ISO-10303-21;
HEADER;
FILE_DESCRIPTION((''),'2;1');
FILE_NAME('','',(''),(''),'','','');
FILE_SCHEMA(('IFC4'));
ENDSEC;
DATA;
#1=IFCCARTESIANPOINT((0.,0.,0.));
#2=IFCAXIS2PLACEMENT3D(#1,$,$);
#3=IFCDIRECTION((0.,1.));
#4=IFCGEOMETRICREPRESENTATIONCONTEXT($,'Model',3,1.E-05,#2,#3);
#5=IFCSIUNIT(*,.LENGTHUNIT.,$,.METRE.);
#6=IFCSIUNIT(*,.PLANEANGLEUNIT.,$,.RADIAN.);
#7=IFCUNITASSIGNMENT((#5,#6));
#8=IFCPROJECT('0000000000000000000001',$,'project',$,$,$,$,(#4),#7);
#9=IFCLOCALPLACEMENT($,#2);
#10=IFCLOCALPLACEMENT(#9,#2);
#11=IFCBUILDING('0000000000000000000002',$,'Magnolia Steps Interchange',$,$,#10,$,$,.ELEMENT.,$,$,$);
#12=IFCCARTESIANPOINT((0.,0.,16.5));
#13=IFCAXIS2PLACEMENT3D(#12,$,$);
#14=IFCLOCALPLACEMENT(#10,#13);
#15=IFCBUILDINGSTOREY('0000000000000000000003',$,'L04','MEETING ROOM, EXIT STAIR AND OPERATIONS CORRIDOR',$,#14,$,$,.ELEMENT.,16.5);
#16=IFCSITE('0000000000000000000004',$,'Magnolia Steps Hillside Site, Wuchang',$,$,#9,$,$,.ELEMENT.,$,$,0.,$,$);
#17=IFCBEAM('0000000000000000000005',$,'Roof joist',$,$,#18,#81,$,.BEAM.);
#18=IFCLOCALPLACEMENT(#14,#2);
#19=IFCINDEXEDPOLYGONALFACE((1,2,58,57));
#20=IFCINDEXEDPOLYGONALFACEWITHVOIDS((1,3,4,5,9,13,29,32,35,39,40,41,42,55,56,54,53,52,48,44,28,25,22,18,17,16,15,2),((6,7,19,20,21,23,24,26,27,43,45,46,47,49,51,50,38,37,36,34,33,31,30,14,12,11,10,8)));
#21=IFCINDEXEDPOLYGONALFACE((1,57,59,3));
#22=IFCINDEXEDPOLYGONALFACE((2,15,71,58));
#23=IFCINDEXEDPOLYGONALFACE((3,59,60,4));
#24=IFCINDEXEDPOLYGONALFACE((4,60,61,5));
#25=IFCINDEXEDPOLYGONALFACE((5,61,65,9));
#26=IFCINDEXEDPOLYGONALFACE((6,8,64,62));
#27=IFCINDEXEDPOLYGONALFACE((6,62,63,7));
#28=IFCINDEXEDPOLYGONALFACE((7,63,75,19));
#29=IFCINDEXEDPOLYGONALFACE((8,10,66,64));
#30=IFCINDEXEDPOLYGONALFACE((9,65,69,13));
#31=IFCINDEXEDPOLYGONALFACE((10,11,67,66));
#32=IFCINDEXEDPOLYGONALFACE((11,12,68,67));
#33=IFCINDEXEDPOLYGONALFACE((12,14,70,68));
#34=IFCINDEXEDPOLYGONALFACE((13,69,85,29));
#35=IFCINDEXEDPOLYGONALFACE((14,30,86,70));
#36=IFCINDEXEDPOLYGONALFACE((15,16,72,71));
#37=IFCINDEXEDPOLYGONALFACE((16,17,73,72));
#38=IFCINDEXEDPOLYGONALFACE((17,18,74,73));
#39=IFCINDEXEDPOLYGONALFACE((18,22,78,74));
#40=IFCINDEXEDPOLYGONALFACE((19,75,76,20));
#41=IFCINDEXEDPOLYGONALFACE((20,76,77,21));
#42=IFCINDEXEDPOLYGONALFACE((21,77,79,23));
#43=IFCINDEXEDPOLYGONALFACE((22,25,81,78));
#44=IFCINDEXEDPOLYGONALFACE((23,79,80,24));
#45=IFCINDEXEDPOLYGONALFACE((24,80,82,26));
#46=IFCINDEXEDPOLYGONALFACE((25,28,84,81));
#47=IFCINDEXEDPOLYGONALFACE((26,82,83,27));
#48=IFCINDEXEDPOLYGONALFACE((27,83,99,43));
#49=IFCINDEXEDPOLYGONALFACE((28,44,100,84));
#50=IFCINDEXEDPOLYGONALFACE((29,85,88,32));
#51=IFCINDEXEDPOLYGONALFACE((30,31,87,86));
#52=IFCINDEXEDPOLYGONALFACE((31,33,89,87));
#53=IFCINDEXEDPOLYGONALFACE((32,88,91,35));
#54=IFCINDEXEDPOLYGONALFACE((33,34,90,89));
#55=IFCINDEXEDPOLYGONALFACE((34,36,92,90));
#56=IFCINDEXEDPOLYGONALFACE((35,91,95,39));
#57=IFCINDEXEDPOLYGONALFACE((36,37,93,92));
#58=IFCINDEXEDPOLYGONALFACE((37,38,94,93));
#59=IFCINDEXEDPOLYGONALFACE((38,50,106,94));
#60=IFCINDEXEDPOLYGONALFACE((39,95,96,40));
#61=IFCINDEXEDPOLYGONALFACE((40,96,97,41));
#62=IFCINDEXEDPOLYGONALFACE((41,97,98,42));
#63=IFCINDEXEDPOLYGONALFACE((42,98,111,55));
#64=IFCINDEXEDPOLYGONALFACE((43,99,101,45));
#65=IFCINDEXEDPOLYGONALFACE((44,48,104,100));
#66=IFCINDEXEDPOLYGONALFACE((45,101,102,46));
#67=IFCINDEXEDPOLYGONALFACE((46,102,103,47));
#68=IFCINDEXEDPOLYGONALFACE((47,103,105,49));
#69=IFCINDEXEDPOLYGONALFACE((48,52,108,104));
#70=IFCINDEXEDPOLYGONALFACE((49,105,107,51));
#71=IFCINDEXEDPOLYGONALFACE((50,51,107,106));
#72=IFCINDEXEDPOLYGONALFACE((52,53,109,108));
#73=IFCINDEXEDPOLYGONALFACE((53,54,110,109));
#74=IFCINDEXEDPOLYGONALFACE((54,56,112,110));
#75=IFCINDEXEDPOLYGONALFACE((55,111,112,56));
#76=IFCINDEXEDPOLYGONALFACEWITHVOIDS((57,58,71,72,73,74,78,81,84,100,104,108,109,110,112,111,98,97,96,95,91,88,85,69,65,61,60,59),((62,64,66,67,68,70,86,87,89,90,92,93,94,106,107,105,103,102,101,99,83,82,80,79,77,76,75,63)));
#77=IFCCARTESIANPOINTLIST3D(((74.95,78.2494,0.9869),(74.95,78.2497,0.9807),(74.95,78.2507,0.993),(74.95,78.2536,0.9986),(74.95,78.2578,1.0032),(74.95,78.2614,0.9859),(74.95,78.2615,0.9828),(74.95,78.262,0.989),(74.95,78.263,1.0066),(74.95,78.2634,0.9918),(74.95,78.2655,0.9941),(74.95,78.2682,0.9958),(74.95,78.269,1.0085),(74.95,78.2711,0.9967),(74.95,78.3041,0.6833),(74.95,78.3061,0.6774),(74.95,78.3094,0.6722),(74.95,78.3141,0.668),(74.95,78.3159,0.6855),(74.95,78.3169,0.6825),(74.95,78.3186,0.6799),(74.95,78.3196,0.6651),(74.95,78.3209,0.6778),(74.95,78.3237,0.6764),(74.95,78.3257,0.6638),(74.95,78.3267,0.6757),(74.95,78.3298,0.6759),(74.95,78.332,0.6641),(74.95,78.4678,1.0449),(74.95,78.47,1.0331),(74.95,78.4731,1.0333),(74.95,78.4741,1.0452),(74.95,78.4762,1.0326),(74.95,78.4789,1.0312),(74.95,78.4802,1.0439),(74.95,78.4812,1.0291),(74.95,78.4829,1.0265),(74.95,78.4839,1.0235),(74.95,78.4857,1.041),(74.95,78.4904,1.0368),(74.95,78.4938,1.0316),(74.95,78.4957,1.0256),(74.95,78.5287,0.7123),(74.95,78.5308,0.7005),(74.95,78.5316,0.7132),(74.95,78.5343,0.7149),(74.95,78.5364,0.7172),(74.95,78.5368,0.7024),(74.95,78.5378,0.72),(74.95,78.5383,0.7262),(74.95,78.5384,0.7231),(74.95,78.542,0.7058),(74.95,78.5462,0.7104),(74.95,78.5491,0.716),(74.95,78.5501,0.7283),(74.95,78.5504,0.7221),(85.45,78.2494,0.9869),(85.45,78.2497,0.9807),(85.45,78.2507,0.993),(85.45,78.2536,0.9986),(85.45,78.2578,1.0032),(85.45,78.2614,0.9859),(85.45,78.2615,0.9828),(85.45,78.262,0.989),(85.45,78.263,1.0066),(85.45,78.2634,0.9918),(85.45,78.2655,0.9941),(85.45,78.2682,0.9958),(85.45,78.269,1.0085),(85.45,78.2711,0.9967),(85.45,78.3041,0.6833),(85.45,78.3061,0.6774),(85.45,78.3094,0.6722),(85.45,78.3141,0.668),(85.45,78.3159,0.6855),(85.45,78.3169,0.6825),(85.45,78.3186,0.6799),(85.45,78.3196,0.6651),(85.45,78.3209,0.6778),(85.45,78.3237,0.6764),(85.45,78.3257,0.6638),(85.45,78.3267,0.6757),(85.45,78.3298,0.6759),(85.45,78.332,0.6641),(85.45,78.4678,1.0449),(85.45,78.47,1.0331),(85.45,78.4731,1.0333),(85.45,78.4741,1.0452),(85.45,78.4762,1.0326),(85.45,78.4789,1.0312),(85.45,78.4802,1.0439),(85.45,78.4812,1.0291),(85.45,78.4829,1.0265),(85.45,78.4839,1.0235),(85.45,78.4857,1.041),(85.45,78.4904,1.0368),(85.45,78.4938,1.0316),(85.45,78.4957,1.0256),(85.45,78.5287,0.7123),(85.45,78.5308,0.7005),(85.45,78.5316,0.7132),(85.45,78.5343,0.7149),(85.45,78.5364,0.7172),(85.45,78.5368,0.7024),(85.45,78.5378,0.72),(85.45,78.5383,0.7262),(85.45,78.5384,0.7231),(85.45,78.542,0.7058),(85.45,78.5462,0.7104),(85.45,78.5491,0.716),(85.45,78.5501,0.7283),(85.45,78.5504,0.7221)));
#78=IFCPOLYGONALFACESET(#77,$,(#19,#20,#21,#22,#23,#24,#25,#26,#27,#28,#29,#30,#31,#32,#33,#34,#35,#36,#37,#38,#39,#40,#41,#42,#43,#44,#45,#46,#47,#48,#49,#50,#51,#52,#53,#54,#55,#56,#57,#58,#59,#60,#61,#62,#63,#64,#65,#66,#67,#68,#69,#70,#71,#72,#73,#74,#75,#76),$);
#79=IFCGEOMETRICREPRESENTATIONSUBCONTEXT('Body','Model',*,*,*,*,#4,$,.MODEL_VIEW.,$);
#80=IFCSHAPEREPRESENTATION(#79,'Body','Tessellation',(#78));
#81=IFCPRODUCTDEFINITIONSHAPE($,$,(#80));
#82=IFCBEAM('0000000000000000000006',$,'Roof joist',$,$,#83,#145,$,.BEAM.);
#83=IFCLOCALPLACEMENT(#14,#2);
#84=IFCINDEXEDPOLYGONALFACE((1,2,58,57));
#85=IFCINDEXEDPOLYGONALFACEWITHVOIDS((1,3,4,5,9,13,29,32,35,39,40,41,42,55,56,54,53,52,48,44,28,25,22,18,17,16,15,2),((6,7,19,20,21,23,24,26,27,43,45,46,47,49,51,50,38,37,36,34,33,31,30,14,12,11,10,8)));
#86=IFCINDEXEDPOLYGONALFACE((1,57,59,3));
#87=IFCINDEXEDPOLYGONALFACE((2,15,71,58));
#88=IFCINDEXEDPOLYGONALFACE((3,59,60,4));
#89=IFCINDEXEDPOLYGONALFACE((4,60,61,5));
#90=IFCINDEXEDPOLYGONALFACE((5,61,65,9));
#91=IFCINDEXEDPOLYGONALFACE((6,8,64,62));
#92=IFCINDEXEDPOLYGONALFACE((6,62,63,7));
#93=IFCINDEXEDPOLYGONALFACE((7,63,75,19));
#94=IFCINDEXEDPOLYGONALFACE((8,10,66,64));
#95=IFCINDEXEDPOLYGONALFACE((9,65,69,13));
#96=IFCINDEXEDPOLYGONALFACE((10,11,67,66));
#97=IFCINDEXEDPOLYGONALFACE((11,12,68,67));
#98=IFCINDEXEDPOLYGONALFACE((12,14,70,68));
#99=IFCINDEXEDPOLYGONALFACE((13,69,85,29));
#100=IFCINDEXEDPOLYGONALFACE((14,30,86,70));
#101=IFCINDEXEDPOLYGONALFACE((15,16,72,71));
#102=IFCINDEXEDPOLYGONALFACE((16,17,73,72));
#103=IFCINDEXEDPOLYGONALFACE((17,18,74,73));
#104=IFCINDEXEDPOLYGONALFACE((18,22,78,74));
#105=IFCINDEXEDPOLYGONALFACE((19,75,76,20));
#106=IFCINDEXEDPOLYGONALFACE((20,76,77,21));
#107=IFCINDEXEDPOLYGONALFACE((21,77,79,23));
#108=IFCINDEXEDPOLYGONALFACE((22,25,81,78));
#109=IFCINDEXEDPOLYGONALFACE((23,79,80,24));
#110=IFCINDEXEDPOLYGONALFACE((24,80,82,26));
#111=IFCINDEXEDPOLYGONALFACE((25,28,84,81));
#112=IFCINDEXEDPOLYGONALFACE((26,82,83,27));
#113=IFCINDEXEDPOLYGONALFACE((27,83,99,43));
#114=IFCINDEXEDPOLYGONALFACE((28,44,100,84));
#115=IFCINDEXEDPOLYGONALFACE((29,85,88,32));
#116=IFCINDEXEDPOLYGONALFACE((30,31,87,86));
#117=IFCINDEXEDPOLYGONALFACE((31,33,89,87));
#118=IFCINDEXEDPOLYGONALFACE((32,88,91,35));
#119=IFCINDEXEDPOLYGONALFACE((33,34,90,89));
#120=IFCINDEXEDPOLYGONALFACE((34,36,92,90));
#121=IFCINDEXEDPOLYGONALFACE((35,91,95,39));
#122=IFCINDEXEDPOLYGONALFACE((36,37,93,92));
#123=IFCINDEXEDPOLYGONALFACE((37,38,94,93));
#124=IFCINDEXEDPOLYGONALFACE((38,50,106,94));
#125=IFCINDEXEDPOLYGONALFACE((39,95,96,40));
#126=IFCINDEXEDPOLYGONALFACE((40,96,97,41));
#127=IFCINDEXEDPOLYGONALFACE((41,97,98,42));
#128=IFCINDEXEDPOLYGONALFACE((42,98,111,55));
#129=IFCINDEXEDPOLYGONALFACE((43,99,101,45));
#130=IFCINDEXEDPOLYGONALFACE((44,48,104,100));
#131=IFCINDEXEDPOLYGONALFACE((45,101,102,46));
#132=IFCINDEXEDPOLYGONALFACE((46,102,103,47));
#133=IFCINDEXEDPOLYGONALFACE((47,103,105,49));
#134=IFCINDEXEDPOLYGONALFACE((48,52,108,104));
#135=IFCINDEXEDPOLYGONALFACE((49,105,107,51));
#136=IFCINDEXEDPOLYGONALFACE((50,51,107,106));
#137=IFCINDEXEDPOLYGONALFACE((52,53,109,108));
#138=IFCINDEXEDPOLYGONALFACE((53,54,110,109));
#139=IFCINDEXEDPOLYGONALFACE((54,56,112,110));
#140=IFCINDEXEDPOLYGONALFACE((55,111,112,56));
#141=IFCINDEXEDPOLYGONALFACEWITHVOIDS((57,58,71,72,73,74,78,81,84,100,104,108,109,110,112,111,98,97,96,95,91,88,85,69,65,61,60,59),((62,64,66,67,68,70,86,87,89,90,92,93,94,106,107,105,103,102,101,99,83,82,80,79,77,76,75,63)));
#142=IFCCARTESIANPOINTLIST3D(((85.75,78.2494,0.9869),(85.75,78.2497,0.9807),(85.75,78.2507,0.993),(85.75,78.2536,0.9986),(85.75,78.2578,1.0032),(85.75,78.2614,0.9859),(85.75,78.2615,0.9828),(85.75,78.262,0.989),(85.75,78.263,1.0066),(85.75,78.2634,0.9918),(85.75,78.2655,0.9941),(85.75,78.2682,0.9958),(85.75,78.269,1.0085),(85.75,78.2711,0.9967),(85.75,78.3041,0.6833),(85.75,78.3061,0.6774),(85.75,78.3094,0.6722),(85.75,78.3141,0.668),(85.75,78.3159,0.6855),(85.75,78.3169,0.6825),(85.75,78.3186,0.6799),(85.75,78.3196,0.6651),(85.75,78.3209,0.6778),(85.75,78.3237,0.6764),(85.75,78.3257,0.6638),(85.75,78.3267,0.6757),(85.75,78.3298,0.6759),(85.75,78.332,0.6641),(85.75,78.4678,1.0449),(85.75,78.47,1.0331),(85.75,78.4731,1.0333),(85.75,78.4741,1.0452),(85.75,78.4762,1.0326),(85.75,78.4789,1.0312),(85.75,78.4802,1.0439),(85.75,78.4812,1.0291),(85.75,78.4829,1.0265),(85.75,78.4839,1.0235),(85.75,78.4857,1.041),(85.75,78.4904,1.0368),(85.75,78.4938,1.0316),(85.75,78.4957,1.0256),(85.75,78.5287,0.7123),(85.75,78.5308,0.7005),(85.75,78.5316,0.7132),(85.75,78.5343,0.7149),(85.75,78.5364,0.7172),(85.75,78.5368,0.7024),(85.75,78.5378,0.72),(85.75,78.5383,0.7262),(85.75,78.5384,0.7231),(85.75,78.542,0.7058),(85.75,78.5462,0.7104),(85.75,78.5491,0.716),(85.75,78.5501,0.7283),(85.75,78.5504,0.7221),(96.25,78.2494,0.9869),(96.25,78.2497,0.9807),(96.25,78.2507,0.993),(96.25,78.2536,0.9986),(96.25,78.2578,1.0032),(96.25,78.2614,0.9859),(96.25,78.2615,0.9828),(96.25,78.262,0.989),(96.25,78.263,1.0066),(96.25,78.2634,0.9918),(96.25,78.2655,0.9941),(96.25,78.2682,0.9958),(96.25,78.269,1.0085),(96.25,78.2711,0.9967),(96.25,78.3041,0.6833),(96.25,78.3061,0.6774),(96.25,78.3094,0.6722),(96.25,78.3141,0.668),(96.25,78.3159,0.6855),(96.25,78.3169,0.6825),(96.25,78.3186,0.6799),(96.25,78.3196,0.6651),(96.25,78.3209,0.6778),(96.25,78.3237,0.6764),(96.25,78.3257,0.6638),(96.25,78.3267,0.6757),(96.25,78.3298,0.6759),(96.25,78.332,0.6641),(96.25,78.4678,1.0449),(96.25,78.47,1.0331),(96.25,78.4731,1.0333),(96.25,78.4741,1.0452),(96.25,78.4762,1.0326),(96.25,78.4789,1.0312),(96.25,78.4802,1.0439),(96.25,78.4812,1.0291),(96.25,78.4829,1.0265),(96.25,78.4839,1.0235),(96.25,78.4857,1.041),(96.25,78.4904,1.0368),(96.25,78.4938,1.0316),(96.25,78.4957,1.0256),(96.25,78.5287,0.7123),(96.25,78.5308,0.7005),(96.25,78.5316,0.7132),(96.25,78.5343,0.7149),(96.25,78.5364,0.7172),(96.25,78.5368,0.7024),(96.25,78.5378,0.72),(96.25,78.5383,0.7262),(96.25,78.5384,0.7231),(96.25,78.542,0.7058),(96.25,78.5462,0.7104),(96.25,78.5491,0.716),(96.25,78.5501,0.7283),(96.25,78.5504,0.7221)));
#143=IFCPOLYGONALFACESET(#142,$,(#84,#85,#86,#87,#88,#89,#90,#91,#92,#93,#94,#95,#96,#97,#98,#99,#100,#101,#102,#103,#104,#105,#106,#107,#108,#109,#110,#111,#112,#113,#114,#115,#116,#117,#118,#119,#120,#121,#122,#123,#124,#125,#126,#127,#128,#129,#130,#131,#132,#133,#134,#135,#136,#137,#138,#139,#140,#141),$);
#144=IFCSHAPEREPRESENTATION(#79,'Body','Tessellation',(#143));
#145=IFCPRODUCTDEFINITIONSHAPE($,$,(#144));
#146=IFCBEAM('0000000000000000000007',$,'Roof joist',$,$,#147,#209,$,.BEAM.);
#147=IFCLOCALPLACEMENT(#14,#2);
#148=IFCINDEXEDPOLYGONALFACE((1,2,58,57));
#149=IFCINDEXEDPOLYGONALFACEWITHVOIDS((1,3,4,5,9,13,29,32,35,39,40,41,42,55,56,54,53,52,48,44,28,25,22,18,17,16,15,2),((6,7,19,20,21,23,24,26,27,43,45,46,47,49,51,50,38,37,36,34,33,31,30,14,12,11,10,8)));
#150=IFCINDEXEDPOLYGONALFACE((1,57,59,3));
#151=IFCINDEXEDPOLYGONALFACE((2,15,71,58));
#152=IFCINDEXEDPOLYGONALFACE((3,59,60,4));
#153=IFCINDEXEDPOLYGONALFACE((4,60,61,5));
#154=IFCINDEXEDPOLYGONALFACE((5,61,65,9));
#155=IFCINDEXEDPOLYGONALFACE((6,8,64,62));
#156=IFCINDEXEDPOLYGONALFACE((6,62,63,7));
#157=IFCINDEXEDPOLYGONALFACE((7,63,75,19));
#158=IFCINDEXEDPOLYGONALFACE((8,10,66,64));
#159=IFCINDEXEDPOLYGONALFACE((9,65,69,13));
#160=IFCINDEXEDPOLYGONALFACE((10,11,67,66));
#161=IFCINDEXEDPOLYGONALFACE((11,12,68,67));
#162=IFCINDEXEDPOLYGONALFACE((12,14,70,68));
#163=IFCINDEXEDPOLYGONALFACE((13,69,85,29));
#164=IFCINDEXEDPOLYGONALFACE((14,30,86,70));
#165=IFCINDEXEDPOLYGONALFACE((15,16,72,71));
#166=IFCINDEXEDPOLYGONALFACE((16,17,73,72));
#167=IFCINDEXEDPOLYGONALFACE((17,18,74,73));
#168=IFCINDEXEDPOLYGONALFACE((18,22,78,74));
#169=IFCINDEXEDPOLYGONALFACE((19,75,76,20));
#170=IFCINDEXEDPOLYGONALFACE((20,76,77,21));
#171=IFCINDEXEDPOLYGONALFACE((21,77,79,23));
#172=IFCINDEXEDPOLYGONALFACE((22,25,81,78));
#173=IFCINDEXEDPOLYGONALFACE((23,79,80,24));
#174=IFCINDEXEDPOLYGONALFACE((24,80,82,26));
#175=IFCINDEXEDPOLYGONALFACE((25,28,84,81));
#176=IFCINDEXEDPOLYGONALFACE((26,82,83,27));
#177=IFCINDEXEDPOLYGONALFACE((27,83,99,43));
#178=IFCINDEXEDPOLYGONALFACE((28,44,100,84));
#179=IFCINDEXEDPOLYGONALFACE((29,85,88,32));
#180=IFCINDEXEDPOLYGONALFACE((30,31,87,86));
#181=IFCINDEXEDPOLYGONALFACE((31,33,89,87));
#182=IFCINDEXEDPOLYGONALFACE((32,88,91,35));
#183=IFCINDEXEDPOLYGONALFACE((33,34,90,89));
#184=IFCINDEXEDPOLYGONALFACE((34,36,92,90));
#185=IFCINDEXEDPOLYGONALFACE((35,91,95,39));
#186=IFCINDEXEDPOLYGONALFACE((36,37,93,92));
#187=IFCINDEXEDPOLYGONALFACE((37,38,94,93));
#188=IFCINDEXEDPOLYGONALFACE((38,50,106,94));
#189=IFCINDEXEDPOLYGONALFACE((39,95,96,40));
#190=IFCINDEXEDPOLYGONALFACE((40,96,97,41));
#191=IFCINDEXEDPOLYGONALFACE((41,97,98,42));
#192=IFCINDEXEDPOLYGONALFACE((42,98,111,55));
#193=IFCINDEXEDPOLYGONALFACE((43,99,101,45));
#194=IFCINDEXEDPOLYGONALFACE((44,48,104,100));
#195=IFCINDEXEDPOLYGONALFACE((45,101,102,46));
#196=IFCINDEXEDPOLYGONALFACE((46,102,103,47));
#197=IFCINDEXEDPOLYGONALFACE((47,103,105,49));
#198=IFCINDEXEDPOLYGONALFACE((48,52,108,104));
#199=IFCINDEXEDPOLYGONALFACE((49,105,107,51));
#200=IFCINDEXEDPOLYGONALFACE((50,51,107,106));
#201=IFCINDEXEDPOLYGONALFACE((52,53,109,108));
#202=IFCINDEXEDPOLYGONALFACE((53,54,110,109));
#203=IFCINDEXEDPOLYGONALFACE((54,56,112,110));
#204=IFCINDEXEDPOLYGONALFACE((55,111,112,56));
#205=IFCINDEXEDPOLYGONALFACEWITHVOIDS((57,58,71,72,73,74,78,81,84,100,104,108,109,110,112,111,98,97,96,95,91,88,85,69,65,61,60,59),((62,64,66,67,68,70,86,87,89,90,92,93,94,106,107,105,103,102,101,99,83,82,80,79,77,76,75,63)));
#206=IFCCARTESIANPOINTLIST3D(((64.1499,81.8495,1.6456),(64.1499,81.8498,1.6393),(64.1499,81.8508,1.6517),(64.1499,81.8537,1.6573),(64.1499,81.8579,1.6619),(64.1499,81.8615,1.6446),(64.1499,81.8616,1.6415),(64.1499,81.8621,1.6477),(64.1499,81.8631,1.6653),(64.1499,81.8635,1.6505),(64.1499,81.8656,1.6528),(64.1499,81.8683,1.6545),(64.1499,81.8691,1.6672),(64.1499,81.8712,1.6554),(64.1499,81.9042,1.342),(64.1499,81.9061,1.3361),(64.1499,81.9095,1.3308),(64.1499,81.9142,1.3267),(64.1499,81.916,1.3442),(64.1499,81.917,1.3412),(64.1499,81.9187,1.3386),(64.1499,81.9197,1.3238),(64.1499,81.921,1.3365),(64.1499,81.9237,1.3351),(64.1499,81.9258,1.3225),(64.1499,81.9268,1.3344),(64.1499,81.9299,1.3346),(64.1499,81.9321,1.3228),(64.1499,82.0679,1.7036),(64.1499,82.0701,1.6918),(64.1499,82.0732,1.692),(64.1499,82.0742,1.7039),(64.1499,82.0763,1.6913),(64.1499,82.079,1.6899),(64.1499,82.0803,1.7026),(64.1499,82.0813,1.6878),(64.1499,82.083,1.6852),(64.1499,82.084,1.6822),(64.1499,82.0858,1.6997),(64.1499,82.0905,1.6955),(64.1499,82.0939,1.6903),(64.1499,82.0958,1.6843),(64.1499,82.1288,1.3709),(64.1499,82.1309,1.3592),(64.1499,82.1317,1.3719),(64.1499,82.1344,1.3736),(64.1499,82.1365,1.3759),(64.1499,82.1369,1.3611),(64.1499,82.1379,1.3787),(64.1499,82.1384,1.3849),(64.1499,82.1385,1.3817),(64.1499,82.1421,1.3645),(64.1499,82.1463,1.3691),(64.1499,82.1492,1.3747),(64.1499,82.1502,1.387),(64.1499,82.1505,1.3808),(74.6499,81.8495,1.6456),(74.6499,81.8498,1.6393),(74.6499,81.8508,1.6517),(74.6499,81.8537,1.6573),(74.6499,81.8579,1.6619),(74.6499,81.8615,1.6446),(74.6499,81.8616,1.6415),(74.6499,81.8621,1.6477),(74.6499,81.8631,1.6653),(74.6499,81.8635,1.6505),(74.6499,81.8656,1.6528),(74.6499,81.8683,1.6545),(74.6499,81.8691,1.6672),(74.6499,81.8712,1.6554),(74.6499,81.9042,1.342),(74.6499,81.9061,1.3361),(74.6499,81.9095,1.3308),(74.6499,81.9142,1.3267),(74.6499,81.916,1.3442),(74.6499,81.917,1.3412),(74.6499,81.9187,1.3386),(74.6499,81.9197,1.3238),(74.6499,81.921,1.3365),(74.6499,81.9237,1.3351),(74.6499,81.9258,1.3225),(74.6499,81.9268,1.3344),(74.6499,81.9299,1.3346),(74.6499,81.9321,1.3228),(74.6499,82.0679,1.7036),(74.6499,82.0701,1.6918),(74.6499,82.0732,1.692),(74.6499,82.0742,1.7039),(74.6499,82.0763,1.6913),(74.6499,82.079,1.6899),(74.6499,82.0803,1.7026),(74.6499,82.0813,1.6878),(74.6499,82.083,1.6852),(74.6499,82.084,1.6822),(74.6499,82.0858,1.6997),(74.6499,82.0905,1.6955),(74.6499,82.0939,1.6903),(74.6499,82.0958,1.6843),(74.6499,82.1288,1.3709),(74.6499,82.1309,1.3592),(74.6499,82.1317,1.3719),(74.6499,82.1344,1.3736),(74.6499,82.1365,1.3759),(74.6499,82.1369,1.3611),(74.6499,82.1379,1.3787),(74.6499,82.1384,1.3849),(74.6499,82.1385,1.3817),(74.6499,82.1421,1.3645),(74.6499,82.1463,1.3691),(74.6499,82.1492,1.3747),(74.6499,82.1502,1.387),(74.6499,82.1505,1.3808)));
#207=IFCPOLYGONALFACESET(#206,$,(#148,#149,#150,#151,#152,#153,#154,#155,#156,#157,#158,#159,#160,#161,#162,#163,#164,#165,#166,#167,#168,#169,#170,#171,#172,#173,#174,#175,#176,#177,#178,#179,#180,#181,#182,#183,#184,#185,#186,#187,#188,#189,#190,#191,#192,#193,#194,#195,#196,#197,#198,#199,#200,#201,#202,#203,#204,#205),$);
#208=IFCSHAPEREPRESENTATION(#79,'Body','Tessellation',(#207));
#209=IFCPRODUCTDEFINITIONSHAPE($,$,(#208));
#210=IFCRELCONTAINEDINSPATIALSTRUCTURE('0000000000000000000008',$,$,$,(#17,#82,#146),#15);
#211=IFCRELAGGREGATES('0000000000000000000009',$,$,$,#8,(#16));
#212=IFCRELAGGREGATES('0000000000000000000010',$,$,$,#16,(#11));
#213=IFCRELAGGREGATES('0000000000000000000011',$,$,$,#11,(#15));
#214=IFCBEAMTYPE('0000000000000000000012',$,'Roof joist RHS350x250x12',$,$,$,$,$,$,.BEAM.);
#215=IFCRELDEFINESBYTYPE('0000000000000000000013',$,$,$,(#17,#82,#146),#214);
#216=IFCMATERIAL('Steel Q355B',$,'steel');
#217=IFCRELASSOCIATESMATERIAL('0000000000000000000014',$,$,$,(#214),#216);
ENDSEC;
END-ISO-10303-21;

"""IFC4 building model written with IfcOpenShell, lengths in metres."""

from ifc_helpers import new_model, si_unit, direction, frame, origin, origin_2d, place, context, subcontext, project, spatial, hollow_rectangle, extrude, material, material_profile, profile_set, type_object, element, save


model = new_model("IFC4")

# Units and contexts
model_context = context("Model", 3, precision=1e-05, world=origin(), true_north=direction((0.0, 1.0)))
body_context = subcontext(model_context, "Body", "Model", "MODEL_VIEW")
ifc_project = project(units=[si_unit("LENGTHUNIT", "METRE"), si_unit("PLANEANGLEUNIT", "RADIAN")], contexts=[model_context])

# Site, building, storey
site_placement = place(None, origin())
site = spatial("IfcSite", under=ifc_project, at=site_placement, Name="Magnolia Steps Hillside Site, Wuchang", CompositionType="ELEMENT", RefElevation=0.0)
building_placement = place(site_placement, origin())
building = spatial("IfcBuilding", under=site, at=building_placement, Name="Magnolia Steps Interchange", CompositionType="ELEMENT")
storey_placement = place(building_placement, frame((0.0, 0.0, 16.5)))
storey = spatial("IfcBuildingStorey", under=building, at=storey_placement, Name="L04", Description="MEETING ROOM, EXIT STAIR AND OPERATIONS CORRIDOR", CompositionType="ELEMENT", Elevation=16.5)

# Beams
ifc_material_1 = material(Name="Steel Q355B", Category="steel")
ifc_material_profile_1 = material_profile(ifc_material_1, hollow_rectangle(XDim=0.25, YDim=0.3501, WallThickness=0.012, InnerFilletRadius=0.012, OuterFilletRadius=0.0239, at=origin_2d()), Name="RHS350x250x12")
ifc_profile_set_1 = profile_set([ifc_material_profile_1], Name="Steel Q355B")
beam_type_1 = type_object("IfcBeamType", Name="Roof joist RHS350x250x12", PredefinedType="BEAM", material=ifc_profile_set_1)
for number, where, z_axis, x_axis, name in (
    (1, (74.95, 78.3999, 0.8545), (1.0, 0.0, 0.0), (0.0, 0.983677, 0.179941), "Roof joist"),
    (2, (85.75, 78.3999, 0.8545), (1.0, 0.0, 0.0), (0.0, 0.983677, 0.179941), "Roof joist"),
    (3, (64.1499, 82.0, 1.5132), (1.0, 0.0, 0.0), (0.0, 0.983677, 0.179941), "Roof joist"),
):
    element("IfcBeam", number, at=place(storey_placement, frame(where, z_axis=z_axis, x_axis=x_axis)), inside=storey, type_object=beam_type_1, Name=name, PredefinedType="BEAM", context=body_context, shape_type="SweptSolid", body=[
        extrude(hollow_rectangle(XDim=0.25, YDim=0.3501, WallThickness=0.012, InnerFilletRadius=0.012, OuterFilletRadius=0.0239, at=origin_2d()), origin(), (0.0, 0.0, 1.0), 10.5),
    ])

save(model, "model.ifc")
